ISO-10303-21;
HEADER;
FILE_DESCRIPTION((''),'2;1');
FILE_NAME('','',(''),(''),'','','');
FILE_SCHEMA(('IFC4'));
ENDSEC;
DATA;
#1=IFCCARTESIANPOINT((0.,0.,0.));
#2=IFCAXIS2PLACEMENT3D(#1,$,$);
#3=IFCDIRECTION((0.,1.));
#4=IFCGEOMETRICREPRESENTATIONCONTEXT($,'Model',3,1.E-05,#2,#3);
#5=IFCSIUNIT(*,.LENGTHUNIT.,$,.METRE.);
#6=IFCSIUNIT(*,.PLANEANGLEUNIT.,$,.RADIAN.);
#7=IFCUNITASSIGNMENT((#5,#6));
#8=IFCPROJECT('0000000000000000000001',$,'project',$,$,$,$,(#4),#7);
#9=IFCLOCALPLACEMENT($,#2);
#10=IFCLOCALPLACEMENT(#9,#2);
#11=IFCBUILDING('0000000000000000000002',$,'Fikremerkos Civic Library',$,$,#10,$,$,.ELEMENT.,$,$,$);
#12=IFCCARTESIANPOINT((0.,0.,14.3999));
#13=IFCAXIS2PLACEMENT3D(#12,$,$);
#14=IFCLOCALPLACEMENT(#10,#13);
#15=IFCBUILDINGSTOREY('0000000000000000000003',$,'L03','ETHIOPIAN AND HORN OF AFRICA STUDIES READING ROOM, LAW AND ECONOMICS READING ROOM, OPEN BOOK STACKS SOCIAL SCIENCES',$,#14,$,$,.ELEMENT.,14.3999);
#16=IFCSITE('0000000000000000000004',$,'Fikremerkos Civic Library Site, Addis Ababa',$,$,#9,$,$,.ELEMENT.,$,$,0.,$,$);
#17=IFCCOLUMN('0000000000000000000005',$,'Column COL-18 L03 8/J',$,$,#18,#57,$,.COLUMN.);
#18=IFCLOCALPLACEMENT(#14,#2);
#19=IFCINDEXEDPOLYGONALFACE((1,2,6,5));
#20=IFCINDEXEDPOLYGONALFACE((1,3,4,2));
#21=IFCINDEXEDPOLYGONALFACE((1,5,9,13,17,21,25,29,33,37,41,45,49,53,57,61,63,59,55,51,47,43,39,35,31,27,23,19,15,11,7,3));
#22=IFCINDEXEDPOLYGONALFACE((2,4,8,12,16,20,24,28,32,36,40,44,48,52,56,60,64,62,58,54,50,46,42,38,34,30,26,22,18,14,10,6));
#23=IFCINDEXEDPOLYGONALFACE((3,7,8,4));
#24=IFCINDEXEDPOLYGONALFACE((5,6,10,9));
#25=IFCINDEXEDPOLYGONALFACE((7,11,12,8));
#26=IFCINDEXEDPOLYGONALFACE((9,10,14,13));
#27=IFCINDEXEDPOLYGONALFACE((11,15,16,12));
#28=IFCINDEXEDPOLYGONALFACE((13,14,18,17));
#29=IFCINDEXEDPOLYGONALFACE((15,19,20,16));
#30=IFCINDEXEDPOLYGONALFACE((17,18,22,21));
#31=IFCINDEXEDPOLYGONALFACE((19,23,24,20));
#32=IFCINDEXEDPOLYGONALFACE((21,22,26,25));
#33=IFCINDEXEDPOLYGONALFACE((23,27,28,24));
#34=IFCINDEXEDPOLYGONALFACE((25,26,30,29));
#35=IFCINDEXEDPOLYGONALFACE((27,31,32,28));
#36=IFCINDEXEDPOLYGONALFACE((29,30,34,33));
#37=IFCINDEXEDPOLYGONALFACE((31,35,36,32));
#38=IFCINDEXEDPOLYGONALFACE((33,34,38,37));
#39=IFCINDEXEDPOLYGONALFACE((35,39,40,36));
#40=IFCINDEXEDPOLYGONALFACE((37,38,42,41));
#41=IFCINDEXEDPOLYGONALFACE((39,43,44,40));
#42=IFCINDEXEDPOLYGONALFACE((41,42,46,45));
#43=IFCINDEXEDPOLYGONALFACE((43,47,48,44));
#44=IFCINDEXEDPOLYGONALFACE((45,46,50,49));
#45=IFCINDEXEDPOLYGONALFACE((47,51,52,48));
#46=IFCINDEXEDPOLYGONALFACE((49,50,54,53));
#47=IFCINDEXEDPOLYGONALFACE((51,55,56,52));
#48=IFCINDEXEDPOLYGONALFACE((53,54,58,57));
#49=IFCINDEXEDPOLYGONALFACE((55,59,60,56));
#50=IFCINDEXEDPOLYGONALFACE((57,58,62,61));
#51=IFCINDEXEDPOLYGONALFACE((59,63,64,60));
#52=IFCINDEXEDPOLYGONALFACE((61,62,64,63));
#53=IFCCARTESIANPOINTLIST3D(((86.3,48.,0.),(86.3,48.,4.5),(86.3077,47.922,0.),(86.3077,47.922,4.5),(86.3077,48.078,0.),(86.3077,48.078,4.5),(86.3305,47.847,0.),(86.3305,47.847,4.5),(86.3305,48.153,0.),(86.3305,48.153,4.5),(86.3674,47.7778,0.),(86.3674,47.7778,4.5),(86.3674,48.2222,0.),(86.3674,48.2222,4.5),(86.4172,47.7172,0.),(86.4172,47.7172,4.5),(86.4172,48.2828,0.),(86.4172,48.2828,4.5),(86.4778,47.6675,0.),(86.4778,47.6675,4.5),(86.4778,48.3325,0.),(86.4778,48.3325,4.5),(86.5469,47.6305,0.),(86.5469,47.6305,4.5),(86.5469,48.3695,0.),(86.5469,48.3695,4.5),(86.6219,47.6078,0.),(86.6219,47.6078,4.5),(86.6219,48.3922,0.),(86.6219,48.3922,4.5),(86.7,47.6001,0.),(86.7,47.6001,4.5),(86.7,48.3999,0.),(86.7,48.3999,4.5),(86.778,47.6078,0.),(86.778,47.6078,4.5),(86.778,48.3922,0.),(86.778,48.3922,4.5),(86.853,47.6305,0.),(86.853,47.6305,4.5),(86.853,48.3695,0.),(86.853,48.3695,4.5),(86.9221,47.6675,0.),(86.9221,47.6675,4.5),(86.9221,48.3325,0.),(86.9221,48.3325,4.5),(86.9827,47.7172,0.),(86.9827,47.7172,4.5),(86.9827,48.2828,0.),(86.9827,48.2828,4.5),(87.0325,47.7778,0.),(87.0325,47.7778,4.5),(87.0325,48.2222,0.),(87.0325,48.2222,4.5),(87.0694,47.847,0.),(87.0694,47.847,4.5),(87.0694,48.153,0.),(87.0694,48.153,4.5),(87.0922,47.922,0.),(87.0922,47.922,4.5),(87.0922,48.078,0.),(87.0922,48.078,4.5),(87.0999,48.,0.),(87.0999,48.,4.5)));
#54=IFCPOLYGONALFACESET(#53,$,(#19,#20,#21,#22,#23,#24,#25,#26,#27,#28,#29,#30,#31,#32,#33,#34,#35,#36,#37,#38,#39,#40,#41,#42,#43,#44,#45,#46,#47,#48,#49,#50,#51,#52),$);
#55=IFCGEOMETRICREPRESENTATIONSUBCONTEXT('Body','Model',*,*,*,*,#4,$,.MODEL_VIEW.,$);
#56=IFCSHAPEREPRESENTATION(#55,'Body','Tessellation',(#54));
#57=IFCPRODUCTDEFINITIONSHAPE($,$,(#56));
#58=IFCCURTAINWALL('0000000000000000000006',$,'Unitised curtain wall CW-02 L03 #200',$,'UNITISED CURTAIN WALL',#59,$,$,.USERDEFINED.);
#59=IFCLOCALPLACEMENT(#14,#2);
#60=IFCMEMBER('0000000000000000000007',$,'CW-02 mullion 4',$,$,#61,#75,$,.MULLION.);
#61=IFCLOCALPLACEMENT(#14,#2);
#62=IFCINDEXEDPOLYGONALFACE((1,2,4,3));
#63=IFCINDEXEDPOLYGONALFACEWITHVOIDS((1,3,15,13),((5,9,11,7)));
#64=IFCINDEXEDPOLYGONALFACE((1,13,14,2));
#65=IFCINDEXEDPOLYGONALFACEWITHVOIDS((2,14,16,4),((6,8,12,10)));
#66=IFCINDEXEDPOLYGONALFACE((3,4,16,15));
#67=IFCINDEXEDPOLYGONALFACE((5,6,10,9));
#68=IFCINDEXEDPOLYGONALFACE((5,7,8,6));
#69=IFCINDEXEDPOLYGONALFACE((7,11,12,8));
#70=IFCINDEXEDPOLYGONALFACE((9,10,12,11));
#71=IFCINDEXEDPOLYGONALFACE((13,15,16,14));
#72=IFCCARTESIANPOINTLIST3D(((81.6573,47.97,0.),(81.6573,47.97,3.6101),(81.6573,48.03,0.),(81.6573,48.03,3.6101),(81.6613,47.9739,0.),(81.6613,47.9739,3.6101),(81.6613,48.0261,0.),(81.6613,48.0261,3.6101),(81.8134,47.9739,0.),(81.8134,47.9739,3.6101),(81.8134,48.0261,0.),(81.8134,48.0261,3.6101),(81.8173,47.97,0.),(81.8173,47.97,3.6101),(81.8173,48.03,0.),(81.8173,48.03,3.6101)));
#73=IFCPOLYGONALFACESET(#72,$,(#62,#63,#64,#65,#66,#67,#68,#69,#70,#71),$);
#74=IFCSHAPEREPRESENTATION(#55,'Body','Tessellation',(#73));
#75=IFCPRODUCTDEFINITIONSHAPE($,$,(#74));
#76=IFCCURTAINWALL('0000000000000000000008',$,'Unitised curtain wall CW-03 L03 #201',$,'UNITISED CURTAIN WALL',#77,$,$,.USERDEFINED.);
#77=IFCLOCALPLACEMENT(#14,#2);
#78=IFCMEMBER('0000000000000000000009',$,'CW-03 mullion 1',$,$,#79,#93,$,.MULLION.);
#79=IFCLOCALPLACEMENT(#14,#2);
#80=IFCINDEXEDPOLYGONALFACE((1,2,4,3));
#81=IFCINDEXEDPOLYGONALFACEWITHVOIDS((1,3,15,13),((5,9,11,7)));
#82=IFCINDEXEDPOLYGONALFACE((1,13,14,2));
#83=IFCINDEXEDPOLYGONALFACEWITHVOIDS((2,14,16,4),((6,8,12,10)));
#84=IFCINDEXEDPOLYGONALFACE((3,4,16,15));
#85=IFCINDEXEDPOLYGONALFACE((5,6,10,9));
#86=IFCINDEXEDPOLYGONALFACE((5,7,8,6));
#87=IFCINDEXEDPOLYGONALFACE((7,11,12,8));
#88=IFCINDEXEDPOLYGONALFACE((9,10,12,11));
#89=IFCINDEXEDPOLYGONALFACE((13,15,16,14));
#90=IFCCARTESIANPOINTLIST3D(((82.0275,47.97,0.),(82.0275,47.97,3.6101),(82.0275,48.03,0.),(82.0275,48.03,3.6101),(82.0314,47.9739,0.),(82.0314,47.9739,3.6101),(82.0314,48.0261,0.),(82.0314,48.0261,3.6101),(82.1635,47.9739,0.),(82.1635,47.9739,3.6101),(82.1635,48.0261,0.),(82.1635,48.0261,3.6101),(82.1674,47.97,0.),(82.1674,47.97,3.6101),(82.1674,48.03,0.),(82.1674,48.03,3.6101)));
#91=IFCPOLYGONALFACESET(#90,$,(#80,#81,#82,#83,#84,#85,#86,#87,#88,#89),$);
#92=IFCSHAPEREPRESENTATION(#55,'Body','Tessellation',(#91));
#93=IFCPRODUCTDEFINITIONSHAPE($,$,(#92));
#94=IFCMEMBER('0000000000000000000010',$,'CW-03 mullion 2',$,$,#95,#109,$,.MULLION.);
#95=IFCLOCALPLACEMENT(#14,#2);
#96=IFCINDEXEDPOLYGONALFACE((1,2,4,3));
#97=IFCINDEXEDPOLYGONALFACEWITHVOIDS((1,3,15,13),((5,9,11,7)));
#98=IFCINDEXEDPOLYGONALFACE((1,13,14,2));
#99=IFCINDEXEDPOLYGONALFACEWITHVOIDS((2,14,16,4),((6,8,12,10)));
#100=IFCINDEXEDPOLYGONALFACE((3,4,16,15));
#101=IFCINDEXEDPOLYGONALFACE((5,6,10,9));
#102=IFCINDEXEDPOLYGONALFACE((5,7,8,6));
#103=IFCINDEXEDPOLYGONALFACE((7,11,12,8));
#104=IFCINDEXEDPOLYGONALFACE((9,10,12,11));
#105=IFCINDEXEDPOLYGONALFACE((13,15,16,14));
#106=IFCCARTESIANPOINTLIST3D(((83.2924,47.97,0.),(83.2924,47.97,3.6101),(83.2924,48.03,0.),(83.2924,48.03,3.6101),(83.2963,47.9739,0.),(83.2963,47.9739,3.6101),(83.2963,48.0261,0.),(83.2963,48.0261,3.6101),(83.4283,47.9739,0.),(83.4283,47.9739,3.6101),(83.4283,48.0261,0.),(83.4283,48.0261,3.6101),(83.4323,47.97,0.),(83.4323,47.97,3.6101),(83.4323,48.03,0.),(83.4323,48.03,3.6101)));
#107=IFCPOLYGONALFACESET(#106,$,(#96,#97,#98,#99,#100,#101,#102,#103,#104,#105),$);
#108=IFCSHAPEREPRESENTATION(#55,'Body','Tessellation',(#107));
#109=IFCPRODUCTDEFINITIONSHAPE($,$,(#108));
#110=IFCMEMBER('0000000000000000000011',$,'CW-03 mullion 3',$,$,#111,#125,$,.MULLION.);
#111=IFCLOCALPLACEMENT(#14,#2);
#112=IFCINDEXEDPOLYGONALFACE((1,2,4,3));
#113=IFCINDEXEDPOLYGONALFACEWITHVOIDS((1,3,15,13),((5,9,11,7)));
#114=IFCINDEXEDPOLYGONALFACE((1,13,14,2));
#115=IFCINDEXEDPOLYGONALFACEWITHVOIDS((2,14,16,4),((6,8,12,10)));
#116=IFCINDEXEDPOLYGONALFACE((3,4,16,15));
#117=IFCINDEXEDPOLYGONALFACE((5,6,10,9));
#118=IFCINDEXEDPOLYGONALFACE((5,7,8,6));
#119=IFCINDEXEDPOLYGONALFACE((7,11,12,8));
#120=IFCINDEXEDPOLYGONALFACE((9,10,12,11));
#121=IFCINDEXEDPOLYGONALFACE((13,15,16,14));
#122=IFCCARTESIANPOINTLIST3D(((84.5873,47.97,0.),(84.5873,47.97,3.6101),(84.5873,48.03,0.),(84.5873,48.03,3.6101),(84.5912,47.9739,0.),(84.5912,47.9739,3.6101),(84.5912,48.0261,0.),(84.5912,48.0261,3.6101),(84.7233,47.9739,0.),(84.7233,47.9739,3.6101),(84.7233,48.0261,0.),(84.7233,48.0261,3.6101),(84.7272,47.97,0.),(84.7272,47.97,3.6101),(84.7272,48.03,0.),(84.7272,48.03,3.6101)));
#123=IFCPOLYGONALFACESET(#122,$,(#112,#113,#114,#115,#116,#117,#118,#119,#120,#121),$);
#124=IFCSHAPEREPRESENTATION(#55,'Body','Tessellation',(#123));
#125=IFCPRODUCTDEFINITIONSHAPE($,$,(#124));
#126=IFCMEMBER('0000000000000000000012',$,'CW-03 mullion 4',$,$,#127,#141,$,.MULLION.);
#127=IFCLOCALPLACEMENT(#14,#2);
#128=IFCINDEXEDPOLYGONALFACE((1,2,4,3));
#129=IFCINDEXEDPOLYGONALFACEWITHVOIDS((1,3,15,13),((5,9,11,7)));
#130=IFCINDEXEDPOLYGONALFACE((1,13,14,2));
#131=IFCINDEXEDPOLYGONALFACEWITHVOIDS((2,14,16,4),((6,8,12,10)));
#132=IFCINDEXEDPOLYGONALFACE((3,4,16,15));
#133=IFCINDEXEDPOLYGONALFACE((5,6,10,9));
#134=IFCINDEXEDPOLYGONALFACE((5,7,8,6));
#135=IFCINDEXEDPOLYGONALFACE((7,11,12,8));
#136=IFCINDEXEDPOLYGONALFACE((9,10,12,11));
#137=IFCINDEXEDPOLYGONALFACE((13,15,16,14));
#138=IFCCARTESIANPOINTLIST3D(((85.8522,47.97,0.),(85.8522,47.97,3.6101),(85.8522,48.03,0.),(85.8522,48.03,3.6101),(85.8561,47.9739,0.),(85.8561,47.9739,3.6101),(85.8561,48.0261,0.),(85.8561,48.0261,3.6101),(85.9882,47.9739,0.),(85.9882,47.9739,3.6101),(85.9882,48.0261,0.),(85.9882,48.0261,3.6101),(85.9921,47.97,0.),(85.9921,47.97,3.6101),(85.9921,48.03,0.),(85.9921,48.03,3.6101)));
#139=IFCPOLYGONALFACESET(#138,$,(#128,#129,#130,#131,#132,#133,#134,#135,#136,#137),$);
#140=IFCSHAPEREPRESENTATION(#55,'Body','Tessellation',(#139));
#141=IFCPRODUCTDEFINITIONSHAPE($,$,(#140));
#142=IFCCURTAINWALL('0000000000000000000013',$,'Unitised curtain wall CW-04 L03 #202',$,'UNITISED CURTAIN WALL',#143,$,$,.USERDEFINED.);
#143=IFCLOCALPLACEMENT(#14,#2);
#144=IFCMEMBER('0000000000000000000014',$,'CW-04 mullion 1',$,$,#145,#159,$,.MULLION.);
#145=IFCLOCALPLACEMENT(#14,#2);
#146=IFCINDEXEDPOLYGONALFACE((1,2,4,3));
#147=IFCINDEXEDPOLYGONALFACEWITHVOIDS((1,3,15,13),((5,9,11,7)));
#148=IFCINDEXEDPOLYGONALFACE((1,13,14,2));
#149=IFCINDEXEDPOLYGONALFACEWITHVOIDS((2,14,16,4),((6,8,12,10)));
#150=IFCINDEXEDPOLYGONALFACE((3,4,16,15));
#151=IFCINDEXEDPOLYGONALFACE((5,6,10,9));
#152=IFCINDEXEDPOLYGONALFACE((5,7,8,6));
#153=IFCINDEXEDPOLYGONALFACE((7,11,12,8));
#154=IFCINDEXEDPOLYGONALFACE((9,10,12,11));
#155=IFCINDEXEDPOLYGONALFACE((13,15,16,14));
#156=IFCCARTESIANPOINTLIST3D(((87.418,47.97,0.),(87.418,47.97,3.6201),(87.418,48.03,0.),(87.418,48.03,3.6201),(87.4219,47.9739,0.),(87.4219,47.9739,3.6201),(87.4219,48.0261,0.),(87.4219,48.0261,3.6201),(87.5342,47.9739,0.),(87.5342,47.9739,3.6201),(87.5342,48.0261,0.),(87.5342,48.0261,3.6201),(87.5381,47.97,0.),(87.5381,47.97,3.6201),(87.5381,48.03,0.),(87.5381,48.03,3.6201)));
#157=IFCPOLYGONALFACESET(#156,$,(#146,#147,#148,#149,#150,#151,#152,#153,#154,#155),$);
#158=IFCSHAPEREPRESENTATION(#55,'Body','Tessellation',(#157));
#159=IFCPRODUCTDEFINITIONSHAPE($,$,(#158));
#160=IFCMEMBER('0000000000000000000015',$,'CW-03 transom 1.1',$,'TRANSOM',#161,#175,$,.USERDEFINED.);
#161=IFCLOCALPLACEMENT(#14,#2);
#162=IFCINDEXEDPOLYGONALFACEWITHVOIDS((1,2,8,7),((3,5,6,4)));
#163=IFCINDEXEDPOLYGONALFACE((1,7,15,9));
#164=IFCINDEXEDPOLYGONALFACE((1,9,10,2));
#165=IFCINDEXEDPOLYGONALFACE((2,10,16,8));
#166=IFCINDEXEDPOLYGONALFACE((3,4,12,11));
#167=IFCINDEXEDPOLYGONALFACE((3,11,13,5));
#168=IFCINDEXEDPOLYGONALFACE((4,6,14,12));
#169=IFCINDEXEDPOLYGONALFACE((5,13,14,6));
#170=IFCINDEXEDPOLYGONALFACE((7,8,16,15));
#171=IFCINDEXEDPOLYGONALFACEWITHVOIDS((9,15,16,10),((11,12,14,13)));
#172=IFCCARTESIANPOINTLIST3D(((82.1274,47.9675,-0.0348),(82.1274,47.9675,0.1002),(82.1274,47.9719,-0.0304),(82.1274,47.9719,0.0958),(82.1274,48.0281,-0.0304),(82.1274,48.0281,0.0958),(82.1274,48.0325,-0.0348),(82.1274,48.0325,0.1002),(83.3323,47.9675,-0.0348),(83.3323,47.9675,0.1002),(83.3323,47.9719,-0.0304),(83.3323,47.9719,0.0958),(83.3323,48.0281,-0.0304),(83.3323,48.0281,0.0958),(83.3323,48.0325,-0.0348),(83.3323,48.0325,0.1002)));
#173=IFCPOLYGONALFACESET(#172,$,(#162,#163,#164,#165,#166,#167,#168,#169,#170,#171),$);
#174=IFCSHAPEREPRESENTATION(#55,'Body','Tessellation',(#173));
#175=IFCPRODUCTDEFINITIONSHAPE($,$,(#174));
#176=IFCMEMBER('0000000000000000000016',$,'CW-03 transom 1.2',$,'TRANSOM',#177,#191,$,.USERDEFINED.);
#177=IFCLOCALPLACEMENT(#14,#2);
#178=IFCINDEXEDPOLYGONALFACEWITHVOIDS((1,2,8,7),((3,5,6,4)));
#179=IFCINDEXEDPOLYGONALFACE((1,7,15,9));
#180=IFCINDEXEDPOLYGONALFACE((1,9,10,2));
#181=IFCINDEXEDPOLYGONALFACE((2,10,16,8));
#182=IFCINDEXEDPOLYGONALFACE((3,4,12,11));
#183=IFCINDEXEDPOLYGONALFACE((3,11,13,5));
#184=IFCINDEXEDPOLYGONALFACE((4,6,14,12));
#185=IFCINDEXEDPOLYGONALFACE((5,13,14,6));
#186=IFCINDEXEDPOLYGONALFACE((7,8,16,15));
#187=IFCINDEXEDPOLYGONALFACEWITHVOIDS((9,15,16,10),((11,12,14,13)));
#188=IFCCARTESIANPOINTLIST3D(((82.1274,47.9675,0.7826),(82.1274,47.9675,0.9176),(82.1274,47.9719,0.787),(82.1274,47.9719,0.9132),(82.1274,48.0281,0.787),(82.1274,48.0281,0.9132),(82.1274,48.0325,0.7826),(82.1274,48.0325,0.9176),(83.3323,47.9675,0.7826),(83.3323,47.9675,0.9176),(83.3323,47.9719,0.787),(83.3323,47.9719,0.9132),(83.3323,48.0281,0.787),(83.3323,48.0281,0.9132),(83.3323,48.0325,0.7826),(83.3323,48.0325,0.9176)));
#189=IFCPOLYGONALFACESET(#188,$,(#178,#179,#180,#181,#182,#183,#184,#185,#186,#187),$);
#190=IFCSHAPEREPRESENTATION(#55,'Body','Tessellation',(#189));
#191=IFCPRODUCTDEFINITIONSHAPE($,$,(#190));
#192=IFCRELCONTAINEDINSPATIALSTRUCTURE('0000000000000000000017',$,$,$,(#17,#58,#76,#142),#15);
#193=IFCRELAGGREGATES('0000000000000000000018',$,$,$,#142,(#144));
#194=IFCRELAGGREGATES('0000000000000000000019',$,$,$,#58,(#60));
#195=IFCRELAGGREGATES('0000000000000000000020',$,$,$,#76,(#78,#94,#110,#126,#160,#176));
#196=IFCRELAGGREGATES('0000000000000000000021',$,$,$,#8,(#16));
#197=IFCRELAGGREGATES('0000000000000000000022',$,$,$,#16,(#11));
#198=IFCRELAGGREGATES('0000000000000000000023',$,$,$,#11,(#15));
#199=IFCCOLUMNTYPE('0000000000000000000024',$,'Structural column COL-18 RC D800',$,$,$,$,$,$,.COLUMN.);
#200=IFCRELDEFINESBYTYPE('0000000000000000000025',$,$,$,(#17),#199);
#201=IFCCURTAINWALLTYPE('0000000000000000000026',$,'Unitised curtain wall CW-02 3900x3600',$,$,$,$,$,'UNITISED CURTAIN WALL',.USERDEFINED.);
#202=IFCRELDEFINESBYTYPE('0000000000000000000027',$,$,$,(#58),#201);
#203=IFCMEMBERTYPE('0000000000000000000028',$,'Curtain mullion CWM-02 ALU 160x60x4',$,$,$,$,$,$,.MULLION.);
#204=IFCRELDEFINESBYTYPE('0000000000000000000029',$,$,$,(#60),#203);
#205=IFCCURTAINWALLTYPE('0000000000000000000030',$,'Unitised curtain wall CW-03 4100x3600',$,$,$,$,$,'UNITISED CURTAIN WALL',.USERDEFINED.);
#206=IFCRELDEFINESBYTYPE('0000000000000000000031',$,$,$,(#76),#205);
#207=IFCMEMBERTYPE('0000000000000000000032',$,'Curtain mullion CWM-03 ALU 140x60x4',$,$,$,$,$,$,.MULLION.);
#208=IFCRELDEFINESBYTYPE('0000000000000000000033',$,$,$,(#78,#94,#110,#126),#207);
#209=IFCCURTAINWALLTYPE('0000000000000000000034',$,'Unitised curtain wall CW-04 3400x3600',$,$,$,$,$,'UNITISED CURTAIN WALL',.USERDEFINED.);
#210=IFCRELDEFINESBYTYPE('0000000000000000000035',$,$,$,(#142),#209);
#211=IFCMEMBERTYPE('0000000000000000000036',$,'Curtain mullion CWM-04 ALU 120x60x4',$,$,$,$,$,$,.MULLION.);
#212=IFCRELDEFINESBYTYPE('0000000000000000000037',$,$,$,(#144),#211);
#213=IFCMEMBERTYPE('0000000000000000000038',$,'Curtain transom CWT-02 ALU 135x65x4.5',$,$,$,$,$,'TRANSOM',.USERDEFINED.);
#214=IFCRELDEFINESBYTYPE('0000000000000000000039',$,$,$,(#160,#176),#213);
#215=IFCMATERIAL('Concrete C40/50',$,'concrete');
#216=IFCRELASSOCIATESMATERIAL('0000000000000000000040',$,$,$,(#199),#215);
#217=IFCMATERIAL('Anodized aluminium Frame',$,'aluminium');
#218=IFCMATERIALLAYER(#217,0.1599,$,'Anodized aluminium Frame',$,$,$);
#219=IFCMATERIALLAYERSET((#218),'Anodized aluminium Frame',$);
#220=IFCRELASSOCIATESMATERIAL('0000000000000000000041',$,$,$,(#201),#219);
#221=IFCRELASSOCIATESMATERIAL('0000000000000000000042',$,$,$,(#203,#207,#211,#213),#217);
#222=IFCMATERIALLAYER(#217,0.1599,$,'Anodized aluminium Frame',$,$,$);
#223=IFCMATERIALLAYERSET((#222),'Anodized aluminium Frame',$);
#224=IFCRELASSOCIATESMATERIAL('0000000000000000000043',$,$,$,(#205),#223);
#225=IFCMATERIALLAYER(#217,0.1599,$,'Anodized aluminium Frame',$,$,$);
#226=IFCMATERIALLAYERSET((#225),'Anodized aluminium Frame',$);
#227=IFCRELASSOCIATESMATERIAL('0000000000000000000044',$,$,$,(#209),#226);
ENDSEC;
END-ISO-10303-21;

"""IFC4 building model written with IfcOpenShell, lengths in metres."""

from ifc_helpers import new_model, si_unit, direction, frame, origin, origin_2d, place, context, subcontext, project, spatial, hollow_rectangle, circle, extrude, material, layer, layer_set, material_profile, profile_set, type_object, element, aggregate, save


model = new_model("IFC4")

# Units and contexts
model_context = context("Model", 3, precision=1e-05, world=origin(), true_north=direction((0.0, 1.0)))
body_context = subcontext(model_context, "Body", "Model", "MODEL_VIEW")
ifc_project = project(units=[si_unit("LENGTHUNIT", "METRE"), si_unit("PLANEANGLEUNIT", "RADIAN")], contexts=[model_context])

# Site, building, storey
site_placement = place(None, origin())
site = spatial("IfcSite", under=ifc_project, at=site_placement, Name="Fikremerkos Civic Library Site, Addis Ababa", CompositionType="ELEMENT", RefElevation=0.0)
building_placement = place(site_placement, origin())
building = spatial("IfcBuilding", under=site, at=building_placement, Name="Fikremerkos Civic Library", CompositionType="ELEMENT")
storey_placement = place(building_placement, frame((0.0, 0.0, 14.3999)))
storey = spatial("IfcBuildingStorey", under=building, at=storey_placement, Name="L03", Description="ETHIOPIAN AND HORN OF AFRICA STUDIES READING ROOM, LAW AND ECONOMICS READING ROOM, OPEN BOOK STACKS SOCIAL SCIENCES", CompositionType="ELEMENT", Elevation=14.3999)

# Column
ifc_material_1 = material(Name="Concrete C40/50", Category="concrete")
ifc_material_profile_1 = material_profile(ifc_material_1, circle(Radius=0.3999, at=origin_2d()), Name="RC D800")
ifc_profile_set_1 = profile_set([ifc_material_profile_1], Name="Concrete C40/50")
column_type = type_object("IfcColumnType", Name="Structural column COL-18 RC D800", PredefinedType="COLUMN", material=ifc_profile_set_1)
column_placement = place(storey_placement, frame((86.7, 48.0, 0.0), z_axis=(0.0, 0.0, 1.0), x_axis=(1.0, 0.0, 0.0)))
element("IfcColumn", 1, at=column_placement, inside=storey, type_object=column_type, Name="Column COL-18 L03 8/J", PredefinedType="COLUMN", context=body_context, shape_type="SweptSolid", body=[
    extrude(circle(Radius=0.3999, at=origin_2d()), origin(), (0.0, 0.0, 1.0), 4.5),
])

# Curtain wall, member
ifc_material_2 = material(Name="Anodized aluminium Frame", Category="aluminium")
ifc_layer_1 = layer(ifc_material_2, 0.1599, Name="Anodized aluminium Frame")
ifc_layer_set_1 = layer_set([ifc_layer_1], Name="Anodized aluminium Frame")
curtain_wall_type_1 = type_object("IfcCurtainWallType", Name="Unitised curtain wall CW-02 3900x3600", ElementType="UNITISED CURTAIN WALL", PredefinedType="USERDEFINED", material=ifc_layer_set_1)
curtain_wall_1_placement = place(storey_placement, origin())
curtain_wall_1 = element("IfcCurtainWall", 2, at=curtain_wall_1_placement, inside=storey, type_object=curtain_wall_type_1, Name="Unitised curtain wall CW-02 L03 #200", ObjectType="UNITISED CURTAIN WALL", PredefinedType="USERDEFINED")
ifc_material_profile_2 = material_profile(ifc_material_2, hollow_rectangle(XDim=0.0601, YDim=0.1599, WallThickness=0.0039, at=origin_2d()), Name="ALU 160x60x4")
ifc_profile_set_2 = profile_set([ifc_material_profile_2], Name="Anodized aluminium Frame")
member_type_1 = type_object("IfcMemberType", Name="Curtain mullion CWM-02 ALU 160x60x4", PredefinedType="MULLION", material=ifc_profile_set_2)
member_1_placement = place(storey_placement, frame((81.7373, 48.0, 0.0), z_axis=(0.0, 0.0, 1.0), x_axis=(0.0, 1.0, 0.0)))
member_1 = element("IfcMember", 3, at=member_1_placement, type_object=member_type_1, Name="CW-02 mullion 4", PredefinedType="MULLION", context=body_context, shape_type="SweptSolid", body=[
    extrude(hollow_rectangle(XDim=0.0601, YDim=0.1599, WallThickness=0.0039, at=origin_2d()), origin(), (0.0, 0.0, 1.0), 3.6101),
])

# Curtain wall, members
ifc_layer_2 = layer(ifc_material_2, 0.1599, Name="Anodized aluminium Frame")
ifc_layer_set_2 = layer_set([ifc_layer_2], Name="Anodized aluminium Frame")
curtain_wall_type_2 = type_object("IfcCurtainWallType", Name="Unitised curtain wall CW-03 4100x3600", ElementType="UNITISED CURTAIN WALL", PredefinedType="USERDEFINED", material=ifc_layer_set_2)
curtain_wall_2_placement = place(storey_placement, origin())
curtain_wall_2 = element("IfcCurtainWall", 4, at=curtain_wall_2_placement, inside=storey, type_object=curtain_wall_type_2, Name="Unitised curtain wall CW-03 L03 #201", ObjectType="UNITISED CURTAIN WALL", PredefinedType="USERDEFINED")
ifc_material_profile_3 = material_profile(ifc_material_2, hollow_rectangle(XDim=0.0601, YDim=0.1399, WallThickness=0.0039, at=origin_2d()), Name="ALU 140x60x4")
ifc_profile_set_3 = profile_set([ifc_material_profile_3], Name="Anodized aluminium Frame")
member_type_2 = type_object("IfcMemberType", Name="Curtain mullion CWM-03 ALU 140x60x4", PredefinedType="MULLION", material=ifc_profile_set_3)
member_2_placement = place(storey_placement, frame((82.0974, 48.0, 0.0), z_axis=(0.0, 0.0, 1.0), x_axis=(0.0, 1.0, 0.0)))
member_2 = element("IfcMember", 5, at=member_2_placement, type_object=member_type_2, Name="CW-03 mullion 1", PredefinedType="MULLION", context=body_context, shape_type="SweptSolid", body=[
    extrude(hollow_rectangle(XDim=0.0601, YDim=0.1399, WallThickness=0.0039, at=origin_2d()), origin(), (0.0, 0.0, 1.0), 3.6101),
])
member_3_placement = place(storey_placement, frame((83.3623, 48.0, 0.0), z_axis=(0.0, 0.0, 1.0), x_axis=(0.0, 1.0, 0.0)))
member_3 = element("IfcMember", 6, at=member_3_placement, type_object=member_type_2, Name="CW-03 mullion 2", PredefinedType="MULLION", context=body_context, shape_type="SweptSolid", body=[
    extrude(hollow_rectangle(XDim=0.0601, YDim=0.1399, WallThickness=0.0039, at=origin_2d()), origin(), (0.0, 0.0, 1.0), 3.6101),
])
member_4_placement = place(storey_placement, frame((84.6572, 48.0, 0.0), z_axis=(0.0, 0.0, 1.0), x_axis=(0.0, 1.0, 0.0)))
member_4 = element("IfcMember", 7, at=member_4_placement, type_object=member_type_2, Name="CW-03 mullion 3", PredefinedType="MULLION", context=body_context, shape_type="SweptSolid", body=[
    extrude(hollow_rectangle(XDim=0.0601, YDim=0.1399, WallThickness=0.0039, at=origin_2d()), origin(), (0.0, 0.0, 1.0), 3.6101),
])
member_5_placement = place(storey_placement, frame((85.9221, 48.0, 0.0), z_axis=(0.0, 0.0, 1.0), x_axis=(0.0, 1.0, 0.0)))
member_5 = element("IfcMember", 8, at=member_5_placement, type_object=member_type_2, Name="CW-03 mullion 4", PredefinedType="MULLION", context=body_context, shape_type="SweptSolid", body=[
    extrude(hollow_rectangle(XDim=0.0601, YDim=0.1399, WallThickness=0.0039, at=origin_2d()), origin(), (0.0, 0.0, 1.0), 3.6101),
])

# Curtain wall, member
ifc_layer_3 = layer(ifc_material_2, 0.1599, Name="Anodized aluminium Frame")
ifc_layer_set_3 = layer_set([ifc_layer_3], Name="Anodized aluminium Frame")
curtain_wall_type_3 = type_object("IfcCurtainWallType", Name="Unitised curtain wall CW-04 3400x3600", ElementType="UNITISED CURTAIN WALL", PredefinedType="USERDEFINED", material=ifc_layer_set_3)
curtain_wall_3_placement = place(storey_placement, origin())
curtain_wall_3 = element("IfcCurtainWall", 9, at=curtain_wall_3_placement, inside=storey, type_object=curtain_wall_type_3, Name="Unitised curtain wall CW-04 L03 #202", ObjectType="UNITISED CURTAIN WALL", PredefinedType="USERDEFINED")
ifc_material_profile_4 = material_profile(ifc_material_2, hollow_rectangle(XDim=0.0601, YDim=0.1201, WallThickness=0.0039, at=origin_2d()), Name="ALU 120x60x4")
ifc_profile_set_4 = profile_set([ifc_material_profile_4], Name="Anodized aluminium Frame")
member_type_3 = type_object("IfcMemberType", Name="Curtain mullion CWM-04 ALU 120x60x4", PredefinedType="MULLION", material=ifc_profile_set_4)
member_6_placement = place(storey_placement, frame((87.478, 48.0, 0.0), z_axis=(0.0, 0.0, 1.0), x_axis=(0.0, 1.0, 0.0)))
member_6 = element("IfcMember", 10, at=member_6_placement, type_object=member_type_3, Name="CW-04 mullion 1", PredefinedType="MULLION", context=body_context, shape_type="SweptSolid", body=[
    extrude(hollow_rectangle(XDim=0.0601, YDim=0.1201, WallThickness=0.0039, at=origin_2d()), origin(), (0.0, 0.0, 1.0), 3.6201),
])

# Members
ifc_material_profile_5 = material_profile(ifc_material_2, hollow_rectangle(XDim=0.0649, YDim=0.135, WallThickness=0.0044, at=origin_2d()), Name="ALU 135x65x4.5")
ifc_profile_set_5 = profile_set([ifc_material_profile_5], Name="Anodized aluminium Frame")
member_type_4 = type_object("IfcMemberType", Name="Curtain transom CWT-02 ALU 135x65x4.5", ElementType="TRANSOM", PredefinedType="USERDEFINED", material=ifc_profile_set_5)
member_7_placement = place(storey_placement, frame((82.1274, 48.0, 0.0327), z_axis=(1.0, 0.0, 0.0), x_axis=(0.0, 1.0, 0.0)))
member_7 = element("IfcMember", 11, at=member_7_placement, type_object=member_type_4, Name="CW-03 transom 1.1", ObjectType="TRANSOM", PredefinedType="USERDEFINED", context=body_context, shape_type="SweptSolid", body=[
    extrude(hollow_rectangle(XDim=0.0649, YDim=0.135, WallThickness=0.0044, at=origin_2d()), origin(), (0.0, 0.0, 1.0), 1.2048),
])
member_8_placement = place(storey_placement, frame((82.1274, 48.0, 0.8501), z_axis=(1.0, 0.0, 0.0), x_axis=(0.0, 1.0, 0.0)))
member_8 = element("IfcMember", 12, at=member_8_placement, type_object=member_type_4, Name="CW-03 transom 1.2", ObjectType="TRANSOM", PredefinedType="USERDEFINED", context=body_context, shape_type="SweptSolid", body=[
    extrude(hollow_rectangle(XDim=0.0649, YDim=0.135, WallThickness=0.0044, at=origin_2d()), origin(), (0.0, 0.0, 1.0), 1.2048),
])
aggregate(curtain_wall_3, [member_6])

aggregate(curtain_wall_1, [member_1])
aggregate(curtain_wall_2, [member_2, member_3, member_4, member_5, member_7, member_8])

save(model, "model.ifc")
